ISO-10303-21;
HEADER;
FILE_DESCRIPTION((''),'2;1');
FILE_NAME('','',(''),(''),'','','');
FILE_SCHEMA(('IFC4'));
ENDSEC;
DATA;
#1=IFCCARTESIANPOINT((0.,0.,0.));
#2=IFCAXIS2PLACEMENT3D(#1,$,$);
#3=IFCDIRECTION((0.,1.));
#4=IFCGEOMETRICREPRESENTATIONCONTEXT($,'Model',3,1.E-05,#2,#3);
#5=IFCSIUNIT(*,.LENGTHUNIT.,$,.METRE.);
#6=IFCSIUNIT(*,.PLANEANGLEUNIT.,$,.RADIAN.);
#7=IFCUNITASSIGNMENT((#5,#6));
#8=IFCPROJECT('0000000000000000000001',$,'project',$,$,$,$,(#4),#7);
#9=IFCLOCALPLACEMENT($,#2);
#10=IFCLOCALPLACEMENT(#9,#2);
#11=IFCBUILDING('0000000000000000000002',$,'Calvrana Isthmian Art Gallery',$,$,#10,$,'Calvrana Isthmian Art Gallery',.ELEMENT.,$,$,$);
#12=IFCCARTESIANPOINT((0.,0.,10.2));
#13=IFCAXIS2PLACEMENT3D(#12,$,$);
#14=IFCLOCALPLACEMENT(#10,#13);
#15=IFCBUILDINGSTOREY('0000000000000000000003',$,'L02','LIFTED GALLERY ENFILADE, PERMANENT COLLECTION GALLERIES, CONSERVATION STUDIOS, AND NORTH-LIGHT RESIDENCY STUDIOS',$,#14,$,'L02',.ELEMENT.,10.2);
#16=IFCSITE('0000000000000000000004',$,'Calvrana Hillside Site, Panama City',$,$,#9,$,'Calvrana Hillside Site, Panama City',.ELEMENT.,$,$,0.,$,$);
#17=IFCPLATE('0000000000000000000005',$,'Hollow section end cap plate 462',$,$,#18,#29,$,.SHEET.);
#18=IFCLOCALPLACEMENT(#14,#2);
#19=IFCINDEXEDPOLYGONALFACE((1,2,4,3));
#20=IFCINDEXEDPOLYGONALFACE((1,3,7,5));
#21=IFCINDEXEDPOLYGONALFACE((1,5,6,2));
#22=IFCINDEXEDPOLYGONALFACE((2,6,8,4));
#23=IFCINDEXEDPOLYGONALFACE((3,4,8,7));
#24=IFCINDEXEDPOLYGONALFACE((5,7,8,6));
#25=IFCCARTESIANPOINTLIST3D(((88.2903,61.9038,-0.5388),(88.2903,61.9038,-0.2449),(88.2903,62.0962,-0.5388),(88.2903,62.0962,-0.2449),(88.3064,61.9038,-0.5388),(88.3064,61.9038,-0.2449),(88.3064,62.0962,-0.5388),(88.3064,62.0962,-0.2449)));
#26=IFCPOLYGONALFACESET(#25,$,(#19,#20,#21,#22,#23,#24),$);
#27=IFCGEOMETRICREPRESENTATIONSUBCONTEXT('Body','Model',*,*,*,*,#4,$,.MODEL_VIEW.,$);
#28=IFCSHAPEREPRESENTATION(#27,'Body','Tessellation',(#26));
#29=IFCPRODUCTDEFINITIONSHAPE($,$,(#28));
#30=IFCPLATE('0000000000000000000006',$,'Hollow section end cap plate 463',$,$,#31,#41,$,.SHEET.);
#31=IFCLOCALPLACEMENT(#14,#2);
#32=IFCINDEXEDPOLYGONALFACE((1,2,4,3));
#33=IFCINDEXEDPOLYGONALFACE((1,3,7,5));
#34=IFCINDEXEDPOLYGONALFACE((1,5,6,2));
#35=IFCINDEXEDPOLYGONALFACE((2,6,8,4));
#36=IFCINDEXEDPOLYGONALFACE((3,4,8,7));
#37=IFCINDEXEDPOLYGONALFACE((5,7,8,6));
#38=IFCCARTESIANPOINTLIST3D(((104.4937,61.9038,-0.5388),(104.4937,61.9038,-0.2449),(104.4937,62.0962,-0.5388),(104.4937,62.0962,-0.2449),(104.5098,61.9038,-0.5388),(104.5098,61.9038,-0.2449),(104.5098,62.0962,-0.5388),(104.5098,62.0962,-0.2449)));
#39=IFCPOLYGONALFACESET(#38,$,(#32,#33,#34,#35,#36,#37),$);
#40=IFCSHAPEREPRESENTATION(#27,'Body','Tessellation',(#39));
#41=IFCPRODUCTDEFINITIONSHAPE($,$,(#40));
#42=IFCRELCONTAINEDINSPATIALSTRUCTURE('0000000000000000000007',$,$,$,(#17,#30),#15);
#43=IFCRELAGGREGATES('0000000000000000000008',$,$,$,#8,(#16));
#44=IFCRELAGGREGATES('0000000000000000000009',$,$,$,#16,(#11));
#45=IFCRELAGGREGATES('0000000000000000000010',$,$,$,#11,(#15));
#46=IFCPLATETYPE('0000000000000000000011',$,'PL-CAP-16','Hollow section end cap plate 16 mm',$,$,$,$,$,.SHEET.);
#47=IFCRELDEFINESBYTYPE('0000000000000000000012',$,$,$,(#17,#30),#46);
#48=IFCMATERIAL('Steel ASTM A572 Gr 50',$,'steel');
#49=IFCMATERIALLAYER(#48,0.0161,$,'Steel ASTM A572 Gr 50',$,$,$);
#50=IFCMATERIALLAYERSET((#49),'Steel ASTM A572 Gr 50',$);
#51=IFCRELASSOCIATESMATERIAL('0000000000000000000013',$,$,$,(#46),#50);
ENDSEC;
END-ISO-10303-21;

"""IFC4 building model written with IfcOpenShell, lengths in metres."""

from ifc_helpers import new_model, si_unit, direction, frame, origin, origin_2d, place, context, subcontext, project, spatial, rectangle, extrude, material, layer, layer_set, type_object, element, save


model = new_model("IFC4")

# Units and contexts
model_context = context("Model", 3, precision=1e-05, world=origin(), true_north=direction((0.0, 1.0)))
body_context = subcontext(model_context, "Body", "Model", "MODEL_VIEW")
ifc_project = project(units=[si_unit("LENGTHUNIT", "METRE"), si_unit("PLANEANGLEUNIT", "RADIAN")], contexts=[model_context])

# Site, building, storey
site_placement = place(None, origin())
site = spatial("IfcSite", under=ifc_project, at=site_placement, Name="Calvrana Hillside Site, Panama City", LongName="Calvrana Hillside Site, Panama City", CompositionType="ELEMENT", RefElevation=0.0)
building_placement = place(site_placement, origin())
building = spatial("IfcBuilding", under=site, at=building_placement, Name="Calvrana Isthmian Art Gallery", LongName="Calvrana Isthmian Art Gallery", CompositionType="ELEMENT")
storey_placement = place(building_placement, frame((0.0, 0.0, 10.2)))
storey = spatial("IfcBuildingStorey", under=building, at=storey_placement, Name="L02", Description="LIFTED GALLERY ENFILADE, PERMANENT COLLECTION GALLERIES, CONSERVATION STUDIOS, AND NORTH-LIGHT RESIDENCY STUDIOS", LongName="L02", CompositionType="ELEMENT", Elevation=10.2)

# Plates
ifc_material_1 = material(Name="Steel ASTM A572 Gr 50", Category="steel")
ifc_layer = layer(ifc_material_1, 0.0161, Name="Steel ASTM A572 Gr 50")
ifc_layer_set = layer_set([ifc_layer], Name="Steel ASTM A572 Gr 50")
plate_type = type_object("IfcPlateType", Name="PL-CAP-16", Description="Hollow section end cap plate 16 mm", PredefinedType="SHEET", material=ifc_layer_set)
for number, where, z_axis, x_axis, name in (
    (1, (88.2983, 62.0, -0.5388), (0.0, 0.0, 1.0), (1.0, 0.0, 0.0), "Hollow section end cap plate 462"),
    (2, (104.5017, 62.0, -0.5388), (0.0, 0.0, 1.0), (1.0, 0.0, 0.0), "Hollow section end cap plate 463"),
):
    element("IfcPlate", number, at=place(storey_placement, frame(where, z_axis=z_axis, x_axis=x_axis)), inside=storey, type_object=plate_type, Name=name, PredefinedType="SHEET", context=body_context, shape_type="SweptSolid", body=[
        extrude(rectangle(XDim=0.0161, YDim=0.1924, at=origin_2d()), origin(), (0.0, 0.0, 1.0), 0.2939),
    ])

save(model, "model.ifc")
